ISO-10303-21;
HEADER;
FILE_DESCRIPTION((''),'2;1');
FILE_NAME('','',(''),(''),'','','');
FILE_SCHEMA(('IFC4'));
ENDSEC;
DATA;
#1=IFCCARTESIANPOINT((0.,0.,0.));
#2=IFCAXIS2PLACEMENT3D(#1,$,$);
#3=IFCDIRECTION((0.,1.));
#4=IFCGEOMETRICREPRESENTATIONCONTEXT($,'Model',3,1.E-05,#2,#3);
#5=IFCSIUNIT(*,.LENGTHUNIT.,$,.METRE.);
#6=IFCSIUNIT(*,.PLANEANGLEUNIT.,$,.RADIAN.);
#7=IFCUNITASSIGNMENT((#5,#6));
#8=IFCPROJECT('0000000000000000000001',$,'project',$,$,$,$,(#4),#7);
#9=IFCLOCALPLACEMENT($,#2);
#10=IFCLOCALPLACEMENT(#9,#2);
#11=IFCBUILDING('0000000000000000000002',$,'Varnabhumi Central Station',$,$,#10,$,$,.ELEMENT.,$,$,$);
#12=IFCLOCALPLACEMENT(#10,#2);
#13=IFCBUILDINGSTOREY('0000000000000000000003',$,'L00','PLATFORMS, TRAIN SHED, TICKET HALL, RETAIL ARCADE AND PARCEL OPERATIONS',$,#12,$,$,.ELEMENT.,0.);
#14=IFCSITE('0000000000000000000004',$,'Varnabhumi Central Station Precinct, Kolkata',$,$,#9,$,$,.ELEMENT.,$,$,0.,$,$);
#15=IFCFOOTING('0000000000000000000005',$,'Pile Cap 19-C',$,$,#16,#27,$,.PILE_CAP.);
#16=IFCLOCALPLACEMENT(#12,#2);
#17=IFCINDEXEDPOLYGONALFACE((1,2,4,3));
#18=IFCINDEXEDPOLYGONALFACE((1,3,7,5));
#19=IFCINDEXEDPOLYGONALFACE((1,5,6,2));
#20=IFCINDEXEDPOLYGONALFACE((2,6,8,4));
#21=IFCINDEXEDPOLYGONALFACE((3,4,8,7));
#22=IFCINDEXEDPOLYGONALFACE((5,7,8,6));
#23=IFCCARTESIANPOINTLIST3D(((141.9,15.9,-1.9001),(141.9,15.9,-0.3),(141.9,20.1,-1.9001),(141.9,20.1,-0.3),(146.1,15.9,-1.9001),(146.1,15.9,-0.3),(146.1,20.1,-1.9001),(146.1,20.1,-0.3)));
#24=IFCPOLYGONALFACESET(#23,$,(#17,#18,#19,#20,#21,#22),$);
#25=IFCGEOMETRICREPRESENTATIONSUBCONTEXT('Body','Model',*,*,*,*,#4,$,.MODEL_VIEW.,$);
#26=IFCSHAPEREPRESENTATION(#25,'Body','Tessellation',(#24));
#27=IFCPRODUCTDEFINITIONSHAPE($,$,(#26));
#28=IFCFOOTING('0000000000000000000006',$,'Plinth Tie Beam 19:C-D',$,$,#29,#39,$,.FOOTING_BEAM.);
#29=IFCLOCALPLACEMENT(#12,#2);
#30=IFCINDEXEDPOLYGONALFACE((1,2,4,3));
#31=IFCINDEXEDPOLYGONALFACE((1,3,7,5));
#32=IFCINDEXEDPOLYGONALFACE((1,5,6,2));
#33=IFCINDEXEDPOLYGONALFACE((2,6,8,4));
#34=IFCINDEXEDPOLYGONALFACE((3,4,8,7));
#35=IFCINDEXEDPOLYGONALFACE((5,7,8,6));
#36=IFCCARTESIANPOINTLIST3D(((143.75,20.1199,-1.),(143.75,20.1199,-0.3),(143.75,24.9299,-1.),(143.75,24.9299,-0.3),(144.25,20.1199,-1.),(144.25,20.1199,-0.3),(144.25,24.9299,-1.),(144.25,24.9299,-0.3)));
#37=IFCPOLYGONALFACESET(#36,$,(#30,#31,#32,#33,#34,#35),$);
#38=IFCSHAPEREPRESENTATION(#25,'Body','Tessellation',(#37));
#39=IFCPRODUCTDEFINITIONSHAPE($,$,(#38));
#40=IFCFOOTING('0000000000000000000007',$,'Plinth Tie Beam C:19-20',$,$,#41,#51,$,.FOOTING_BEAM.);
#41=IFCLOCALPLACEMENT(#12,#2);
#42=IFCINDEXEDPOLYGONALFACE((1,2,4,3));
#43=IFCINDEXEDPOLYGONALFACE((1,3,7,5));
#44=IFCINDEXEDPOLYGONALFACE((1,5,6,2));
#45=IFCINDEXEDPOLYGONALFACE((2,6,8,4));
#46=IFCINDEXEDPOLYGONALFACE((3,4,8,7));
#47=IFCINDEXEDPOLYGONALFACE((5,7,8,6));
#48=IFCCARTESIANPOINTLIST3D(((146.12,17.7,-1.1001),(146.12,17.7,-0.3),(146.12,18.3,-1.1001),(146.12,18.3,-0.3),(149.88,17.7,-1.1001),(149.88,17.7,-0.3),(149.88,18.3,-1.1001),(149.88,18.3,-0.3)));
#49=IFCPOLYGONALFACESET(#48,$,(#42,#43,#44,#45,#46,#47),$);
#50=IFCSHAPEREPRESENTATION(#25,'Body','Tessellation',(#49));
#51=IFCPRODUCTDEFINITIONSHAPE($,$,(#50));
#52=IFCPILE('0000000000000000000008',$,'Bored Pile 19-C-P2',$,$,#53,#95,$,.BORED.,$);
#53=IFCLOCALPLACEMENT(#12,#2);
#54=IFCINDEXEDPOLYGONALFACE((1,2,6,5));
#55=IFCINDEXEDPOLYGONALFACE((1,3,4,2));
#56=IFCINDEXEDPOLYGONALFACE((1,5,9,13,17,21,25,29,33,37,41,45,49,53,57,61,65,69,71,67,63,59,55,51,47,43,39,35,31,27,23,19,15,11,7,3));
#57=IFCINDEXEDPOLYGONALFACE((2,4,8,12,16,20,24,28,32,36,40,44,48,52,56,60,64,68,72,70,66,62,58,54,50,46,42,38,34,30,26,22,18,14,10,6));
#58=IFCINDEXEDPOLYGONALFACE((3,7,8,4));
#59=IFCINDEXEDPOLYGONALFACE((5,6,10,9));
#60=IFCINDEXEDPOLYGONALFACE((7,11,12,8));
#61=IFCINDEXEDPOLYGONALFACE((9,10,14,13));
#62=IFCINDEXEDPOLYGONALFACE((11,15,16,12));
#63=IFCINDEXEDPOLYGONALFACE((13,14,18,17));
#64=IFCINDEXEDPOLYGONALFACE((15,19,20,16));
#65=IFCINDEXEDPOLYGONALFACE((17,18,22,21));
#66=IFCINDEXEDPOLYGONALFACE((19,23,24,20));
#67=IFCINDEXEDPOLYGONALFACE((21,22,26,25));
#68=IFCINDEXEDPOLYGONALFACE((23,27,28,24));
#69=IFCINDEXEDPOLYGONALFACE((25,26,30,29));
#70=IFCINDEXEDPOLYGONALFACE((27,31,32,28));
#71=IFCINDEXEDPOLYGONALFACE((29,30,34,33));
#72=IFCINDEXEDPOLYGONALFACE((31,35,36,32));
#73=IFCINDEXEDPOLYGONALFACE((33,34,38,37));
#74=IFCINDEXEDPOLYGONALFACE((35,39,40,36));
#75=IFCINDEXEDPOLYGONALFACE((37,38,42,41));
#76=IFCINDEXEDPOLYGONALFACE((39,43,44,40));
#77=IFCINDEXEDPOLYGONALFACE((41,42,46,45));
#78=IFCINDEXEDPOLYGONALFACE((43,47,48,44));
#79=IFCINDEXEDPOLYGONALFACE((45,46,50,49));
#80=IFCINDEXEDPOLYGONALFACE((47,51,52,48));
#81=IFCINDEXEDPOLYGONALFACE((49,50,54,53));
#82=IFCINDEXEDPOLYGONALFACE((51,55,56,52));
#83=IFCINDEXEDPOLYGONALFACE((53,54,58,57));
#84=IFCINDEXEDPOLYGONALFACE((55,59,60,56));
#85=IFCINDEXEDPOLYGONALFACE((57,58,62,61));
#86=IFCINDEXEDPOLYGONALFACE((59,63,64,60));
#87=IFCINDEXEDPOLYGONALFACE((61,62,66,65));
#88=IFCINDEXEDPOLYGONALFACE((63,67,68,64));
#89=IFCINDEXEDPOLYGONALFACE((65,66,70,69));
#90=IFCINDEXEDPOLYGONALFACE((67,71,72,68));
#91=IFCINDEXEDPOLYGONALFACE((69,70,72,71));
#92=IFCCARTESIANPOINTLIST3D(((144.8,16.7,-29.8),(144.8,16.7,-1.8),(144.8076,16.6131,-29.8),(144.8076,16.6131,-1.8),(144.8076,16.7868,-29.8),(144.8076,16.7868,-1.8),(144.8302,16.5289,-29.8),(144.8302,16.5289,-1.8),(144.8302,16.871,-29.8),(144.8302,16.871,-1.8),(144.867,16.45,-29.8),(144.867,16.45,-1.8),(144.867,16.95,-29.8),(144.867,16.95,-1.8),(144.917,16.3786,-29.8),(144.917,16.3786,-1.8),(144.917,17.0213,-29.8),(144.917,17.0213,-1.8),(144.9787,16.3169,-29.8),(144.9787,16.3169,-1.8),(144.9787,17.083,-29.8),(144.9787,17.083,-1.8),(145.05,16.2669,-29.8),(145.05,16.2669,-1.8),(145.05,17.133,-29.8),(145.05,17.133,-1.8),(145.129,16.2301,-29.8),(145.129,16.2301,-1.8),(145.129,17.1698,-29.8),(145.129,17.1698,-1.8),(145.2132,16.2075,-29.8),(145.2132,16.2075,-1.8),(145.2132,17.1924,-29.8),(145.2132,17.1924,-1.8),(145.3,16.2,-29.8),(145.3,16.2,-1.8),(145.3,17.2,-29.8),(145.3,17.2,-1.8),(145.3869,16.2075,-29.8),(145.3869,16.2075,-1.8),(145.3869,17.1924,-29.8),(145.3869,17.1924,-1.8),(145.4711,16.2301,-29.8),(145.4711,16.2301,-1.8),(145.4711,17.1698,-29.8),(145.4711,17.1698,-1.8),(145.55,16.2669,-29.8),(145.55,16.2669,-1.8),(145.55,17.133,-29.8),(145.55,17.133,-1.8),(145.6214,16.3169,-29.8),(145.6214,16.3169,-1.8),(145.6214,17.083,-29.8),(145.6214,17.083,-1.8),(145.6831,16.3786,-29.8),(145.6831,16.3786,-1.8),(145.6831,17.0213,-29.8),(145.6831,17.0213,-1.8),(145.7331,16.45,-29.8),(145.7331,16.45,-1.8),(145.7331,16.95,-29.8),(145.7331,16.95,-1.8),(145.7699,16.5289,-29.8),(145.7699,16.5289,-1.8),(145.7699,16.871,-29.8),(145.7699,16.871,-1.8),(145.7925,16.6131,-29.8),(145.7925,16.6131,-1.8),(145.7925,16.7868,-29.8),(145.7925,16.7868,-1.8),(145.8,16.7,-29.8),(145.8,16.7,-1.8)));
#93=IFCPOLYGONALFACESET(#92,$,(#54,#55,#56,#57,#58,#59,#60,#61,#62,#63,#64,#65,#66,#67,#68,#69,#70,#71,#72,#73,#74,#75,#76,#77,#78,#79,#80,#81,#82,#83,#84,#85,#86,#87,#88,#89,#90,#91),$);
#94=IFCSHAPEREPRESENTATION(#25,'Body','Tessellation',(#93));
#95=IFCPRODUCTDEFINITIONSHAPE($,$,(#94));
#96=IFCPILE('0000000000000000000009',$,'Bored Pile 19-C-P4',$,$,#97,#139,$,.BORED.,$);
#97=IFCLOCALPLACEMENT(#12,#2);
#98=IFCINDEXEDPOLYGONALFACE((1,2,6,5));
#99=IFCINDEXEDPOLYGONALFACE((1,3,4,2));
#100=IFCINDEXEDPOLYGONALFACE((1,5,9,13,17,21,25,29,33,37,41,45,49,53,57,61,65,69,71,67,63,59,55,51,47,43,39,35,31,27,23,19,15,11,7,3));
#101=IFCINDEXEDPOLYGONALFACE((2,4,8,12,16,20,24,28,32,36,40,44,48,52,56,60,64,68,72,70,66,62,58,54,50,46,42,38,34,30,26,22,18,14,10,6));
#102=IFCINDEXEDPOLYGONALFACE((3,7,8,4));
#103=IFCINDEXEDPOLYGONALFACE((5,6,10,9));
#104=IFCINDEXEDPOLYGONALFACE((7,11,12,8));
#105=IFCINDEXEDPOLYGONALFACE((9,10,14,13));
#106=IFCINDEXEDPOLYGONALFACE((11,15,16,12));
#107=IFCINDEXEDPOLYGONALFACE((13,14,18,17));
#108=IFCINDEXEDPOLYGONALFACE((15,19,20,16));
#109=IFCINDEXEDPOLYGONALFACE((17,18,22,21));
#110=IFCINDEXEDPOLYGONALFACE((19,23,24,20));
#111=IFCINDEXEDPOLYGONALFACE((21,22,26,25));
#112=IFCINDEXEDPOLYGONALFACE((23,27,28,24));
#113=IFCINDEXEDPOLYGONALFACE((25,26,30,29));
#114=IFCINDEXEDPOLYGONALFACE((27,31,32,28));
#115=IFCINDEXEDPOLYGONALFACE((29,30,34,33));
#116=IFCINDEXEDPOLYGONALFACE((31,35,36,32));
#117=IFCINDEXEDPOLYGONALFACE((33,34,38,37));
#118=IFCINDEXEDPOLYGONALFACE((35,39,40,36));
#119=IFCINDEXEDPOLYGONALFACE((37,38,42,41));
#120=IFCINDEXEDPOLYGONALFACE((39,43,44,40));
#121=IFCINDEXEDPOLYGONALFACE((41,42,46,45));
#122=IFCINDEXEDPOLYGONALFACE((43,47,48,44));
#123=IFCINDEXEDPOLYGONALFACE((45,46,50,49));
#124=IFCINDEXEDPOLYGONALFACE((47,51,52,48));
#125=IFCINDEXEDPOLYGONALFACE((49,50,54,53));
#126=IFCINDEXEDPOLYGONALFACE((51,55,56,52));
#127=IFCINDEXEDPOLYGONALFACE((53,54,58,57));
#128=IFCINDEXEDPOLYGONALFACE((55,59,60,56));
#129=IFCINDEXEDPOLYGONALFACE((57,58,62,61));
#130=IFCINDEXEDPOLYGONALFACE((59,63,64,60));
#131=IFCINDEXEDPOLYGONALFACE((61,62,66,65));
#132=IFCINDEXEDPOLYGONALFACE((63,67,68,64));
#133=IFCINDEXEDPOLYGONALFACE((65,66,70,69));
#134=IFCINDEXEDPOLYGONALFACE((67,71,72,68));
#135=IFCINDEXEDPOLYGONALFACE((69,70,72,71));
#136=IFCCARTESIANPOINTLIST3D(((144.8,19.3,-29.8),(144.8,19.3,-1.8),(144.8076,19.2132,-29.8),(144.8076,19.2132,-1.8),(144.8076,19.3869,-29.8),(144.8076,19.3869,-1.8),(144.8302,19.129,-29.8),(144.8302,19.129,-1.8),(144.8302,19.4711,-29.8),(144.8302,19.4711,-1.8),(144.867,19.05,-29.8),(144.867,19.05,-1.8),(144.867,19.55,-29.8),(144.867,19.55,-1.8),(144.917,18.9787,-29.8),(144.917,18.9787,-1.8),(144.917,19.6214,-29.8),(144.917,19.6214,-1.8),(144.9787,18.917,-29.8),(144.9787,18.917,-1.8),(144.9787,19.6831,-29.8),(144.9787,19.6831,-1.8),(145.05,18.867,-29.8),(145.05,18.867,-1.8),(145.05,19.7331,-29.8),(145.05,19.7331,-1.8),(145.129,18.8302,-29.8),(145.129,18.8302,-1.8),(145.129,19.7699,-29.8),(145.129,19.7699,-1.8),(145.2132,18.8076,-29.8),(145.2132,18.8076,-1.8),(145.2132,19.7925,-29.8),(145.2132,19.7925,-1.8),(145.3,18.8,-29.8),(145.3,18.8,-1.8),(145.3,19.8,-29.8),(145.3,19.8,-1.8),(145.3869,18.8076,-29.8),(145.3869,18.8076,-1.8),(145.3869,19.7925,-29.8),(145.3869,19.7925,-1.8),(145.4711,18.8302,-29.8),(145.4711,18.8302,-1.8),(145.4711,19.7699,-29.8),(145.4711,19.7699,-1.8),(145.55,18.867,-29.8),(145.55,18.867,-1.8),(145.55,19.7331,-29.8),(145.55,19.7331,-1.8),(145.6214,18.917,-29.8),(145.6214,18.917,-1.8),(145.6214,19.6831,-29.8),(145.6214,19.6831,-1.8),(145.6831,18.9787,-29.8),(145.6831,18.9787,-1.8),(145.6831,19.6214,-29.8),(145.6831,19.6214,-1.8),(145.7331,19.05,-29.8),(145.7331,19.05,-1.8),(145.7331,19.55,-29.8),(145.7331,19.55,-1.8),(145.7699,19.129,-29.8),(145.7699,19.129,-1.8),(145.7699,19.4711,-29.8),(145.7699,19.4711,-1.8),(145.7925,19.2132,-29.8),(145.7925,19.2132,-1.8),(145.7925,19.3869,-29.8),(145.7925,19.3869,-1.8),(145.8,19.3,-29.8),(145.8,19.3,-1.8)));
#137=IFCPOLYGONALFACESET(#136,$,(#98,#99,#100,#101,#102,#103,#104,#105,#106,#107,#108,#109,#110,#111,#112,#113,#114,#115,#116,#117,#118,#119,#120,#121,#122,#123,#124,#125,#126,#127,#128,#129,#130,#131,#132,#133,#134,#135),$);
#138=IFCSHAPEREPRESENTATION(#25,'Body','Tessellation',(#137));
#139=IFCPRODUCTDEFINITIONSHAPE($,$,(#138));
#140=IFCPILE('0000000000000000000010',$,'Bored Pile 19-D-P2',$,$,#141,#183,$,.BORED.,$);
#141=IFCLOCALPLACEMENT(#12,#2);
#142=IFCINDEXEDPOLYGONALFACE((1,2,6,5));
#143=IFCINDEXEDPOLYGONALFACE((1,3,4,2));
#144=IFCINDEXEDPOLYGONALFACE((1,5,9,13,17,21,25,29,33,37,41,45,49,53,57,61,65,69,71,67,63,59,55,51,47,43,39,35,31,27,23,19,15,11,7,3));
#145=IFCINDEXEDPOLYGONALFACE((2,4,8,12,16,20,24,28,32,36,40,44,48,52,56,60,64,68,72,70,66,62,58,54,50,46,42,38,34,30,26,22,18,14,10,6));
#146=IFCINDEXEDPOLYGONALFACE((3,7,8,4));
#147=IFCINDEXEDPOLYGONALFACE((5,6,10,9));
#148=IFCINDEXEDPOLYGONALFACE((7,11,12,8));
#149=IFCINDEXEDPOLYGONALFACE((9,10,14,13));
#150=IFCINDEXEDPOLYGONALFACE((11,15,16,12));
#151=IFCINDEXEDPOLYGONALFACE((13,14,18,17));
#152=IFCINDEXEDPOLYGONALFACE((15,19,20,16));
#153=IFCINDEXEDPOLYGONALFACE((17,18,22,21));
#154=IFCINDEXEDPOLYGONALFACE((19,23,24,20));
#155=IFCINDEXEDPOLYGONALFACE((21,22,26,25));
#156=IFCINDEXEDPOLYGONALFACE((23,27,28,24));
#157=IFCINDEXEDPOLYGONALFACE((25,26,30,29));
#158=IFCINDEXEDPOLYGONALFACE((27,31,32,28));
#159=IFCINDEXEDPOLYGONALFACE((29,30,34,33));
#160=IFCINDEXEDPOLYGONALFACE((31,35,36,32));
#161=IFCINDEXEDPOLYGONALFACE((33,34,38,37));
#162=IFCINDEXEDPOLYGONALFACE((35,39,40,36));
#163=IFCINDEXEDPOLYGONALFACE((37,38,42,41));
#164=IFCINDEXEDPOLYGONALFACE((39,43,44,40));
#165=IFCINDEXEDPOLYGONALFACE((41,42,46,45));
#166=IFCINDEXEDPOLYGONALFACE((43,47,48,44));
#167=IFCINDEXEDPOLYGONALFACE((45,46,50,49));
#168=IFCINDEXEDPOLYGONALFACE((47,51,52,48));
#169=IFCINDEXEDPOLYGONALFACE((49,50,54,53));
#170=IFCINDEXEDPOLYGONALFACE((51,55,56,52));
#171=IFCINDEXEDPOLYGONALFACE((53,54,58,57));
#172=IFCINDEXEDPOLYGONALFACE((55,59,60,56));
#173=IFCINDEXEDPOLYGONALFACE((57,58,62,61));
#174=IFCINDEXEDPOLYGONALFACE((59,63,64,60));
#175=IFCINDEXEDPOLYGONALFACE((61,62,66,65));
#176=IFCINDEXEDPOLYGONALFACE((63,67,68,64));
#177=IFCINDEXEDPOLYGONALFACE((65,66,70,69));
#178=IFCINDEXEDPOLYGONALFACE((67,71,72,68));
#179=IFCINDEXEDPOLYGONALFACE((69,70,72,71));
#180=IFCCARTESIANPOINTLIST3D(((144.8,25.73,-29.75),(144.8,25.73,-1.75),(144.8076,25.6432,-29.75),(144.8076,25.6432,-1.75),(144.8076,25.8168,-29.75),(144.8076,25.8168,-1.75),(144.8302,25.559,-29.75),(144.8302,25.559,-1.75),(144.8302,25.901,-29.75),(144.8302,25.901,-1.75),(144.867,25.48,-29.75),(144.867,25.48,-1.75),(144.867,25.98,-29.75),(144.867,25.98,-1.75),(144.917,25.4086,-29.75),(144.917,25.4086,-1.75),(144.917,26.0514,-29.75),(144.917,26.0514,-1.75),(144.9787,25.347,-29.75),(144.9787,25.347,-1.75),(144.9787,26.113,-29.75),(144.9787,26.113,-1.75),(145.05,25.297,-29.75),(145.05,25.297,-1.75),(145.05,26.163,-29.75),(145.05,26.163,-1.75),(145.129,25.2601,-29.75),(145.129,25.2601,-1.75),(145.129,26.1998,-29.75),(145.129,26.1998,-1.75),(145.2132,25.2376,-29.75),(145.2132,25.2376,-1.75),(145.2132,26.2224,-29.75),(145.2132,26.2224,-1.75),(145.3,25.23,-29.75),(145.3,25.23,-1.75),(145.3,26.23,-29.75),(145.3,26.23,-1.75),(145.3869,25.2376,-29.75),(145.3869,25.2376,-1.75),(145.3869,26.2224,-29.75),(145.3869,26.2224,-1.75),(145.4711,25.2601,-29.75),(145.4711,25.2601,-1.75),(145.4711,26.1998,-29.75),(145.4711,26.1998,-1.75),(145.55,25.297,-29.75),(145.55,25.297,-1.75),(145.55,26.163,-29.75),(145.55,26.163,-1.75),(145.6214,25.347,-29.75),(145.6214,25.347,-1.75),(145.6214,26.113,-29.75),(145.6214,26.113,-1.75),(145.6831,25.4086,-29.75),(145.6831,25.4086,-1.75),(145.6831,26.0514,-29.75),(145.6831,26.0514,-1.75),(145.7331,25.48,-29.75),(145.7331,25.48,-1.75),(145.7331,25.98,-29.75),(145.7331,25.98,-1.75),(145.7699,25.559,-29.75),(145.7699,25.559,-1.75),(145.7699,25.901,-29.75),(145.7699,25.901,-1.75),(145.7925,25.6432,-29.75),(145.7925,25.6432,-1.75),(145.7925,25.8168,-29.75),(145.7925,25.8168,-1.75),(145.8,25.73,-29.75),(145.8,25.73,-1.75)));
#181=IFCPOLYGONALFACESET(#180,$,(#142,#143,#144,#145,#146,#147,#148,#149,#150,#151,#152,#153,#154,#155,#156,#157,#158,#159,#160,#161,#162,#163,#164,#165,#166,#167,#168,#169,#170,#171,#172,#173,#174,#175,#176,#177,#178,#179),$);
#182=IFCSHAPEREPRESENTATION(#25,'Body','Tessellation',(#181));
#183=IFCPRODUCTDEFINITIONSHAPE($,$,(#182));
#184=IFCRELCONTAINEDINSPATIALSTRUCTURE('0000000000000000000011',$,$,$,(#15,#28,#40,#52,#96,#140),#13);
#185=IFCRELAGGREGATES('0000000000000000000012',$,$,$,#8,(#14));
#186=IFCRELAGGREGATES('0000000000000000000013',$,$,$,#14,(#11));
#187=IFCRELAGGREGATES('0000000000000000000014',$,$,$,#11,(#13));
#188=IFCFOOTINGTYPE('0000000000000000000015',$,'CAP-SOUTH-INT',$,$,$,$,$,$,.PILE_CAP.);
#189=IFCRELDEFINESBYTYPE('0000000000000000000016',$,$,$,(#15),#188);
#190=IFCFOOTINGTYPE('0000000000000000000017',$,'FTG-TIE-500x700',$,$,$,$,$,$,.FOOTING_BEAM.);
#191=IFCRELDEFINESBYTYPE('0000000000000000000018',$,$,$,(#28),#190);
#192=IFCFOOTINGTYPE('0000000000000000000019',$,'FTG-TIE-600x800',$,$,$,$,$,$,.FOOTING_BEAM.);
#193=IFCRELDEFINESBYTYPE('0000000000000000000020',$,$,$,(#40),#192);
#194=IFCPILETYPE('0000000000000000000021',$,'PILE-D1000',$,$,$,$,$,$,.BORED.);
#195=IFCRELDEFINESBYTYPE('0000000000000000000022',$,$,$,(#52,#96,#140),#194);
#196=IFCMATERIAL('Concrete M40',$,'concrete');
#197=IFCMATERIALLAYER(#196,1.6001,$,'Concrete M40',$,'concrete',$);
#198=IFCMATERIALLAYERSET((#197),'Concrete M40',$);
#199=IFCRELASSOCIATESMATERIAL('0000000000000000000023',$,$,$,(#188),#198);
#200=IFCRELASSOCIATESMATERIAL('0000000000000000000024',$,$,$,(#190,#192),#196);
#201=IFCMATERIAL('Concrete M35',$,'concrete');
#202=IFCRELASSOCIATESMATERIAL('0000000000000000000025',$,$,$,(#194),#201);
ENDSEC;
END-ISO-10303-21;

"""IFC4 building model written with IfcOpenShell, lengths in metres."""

from ifc_helpers import new_model, si_unit, direction, frame, origin, origin_2d, place, context, subcontext, project, spatial, rectangle, circle, extrude, material, layer, layer_set, material_profile, profile_set, type_object, element, save


model = new_model("IFC4")

# Units and contexts
model_context = context("Model", 3, precision=1e-05, world=origin(), true_north=direction((0.0, 1.0)))
body_context = subcontext(model_context, "Body", "Model", "MODEL_VIEW")
ifc_project = project(units=[si_unit("LENGTHUNIT", "METRE"), si_unit("PLANEANGLEUNIT", "RADIAN")], contexts=[model_context])

# Site, building, storey
site_placement = place(None, origin())
site = spatial("IfcSite", under=ifc_project, at=site_placement, Name="Varnabhumi Central Station Precinct, Kolkata", CompositionType="ELEMENT", RefElevation=0.0)
building_placement = place(site_placement, origin())
building = spatial("IfcBuilding", under=site, at=building_placement, Name="Varnabhumi Central Station", CompositionType="ELEMENT")
storey_placement = place(building_placement, origin())
storey = spatial("IfcBuildingStorey", under=building, at=storey_placement, Name="L00", Description="PLATFORMS, TRAIN SHED, TICKET HALL, RETAIL ARCADE AND PARCEL OPERATIONS", CompositionType="ELEMENT", Elevation=0.0)

# Footings
ifc_material_1 = material(Name="Concrete M40", Category="concrete")
ifc_layer_1 = layer(ifc_material_1, 1.6001, Name="Concrete M40", Category="concrete")
ifc_layer_set_1 = layer_set([ifc_layer_1], Name="Concrete M40")
footing_type_1 = type_object("IfcFootingType", Name="CAP-SOUTH-INT", PredefinedType="PILE_CAP", material=ifc_layer_set_1)
footing_1_placement = place(storey_placement, frame((144.0, 18.0, -1.9001), z_axis=(0.0, 0.0, 1.0), x_axis=(1.0, 0.0, 0.0)))
element("IfcFooting", 1, at=footing_1_placement, inside=storey, type_object=footing_type_1, Name="Pile Cap 19-C", PredefinedType="PILE_CAP", context=body_context, shape_type="SweptSolid", body=[
    extrude(rectangle(XDim=4.2, YDim=4.2, at=origin_2d()), origin(), (0.0, 0.0, 1.0), 1.6001),
])
footing_type_2 = type_object("IfcFootingType", Name="FTG-TIE-500x700", PredefinedType="FOOTING_BEAM", material=ifc_material_1)
footing_2_placement = place(storey_placement, frame((144.0, 22.5249, -1.0), z_axis=(0.0, 0.0, 1.0), x_axis=(1.0, 0.0, 0.0)))
element("IfcFooting", 2, at=footing_2_placement, inside=storey, type_object=footing_type_2, Name="Plinth Tie Beam 19:C-D", PredefinedType="FOOTING_BEAM", context=body_context, shape_type="SweptSolid", body=[
    extrude(rectangle(XDim=0.5, YDim=4.8101, at=origin_2d()), origin(), (0.0, 0.0, 1.0), 0.7),
])
footing_type_3 = type_object("IfcFootingType", Name="FTG-TIE-600x800", PredefinedType="FOOTING_BEAM", material=ifc_material_1)
footing_3_placement = place(storey_placement, frame((148.0, 18.0, -1.1001), z_axis=(0.0, 0.0, 1.0), x_axis=(1.0, 0.0, 0.0)))
element("IfcFooting", 3, at=footing_3_placement, inside=storey, type_object=footing_type_3, Name="Plinth Tie Beam C:19-20", PredefinedType="FOOTING_BEAM", context=body_context, shape_type="SweptSolid", body=[
    extrude(rectangle(XDim=3.76, YDim=0.6001, at=origin_2d()), origin(), (0.0, 0.0, 1.0), 0.8),
])

# Piles
ifc_material_2 = material(Name="Concrete M35", Category="concrete")
ifc_material_profile_1 = material_profile(ifc_material_2, circle(Radius=0.5, at=origin_2d()), Name="Concrete M35", Category="concrete")
ifc_profile_set_1 = profile_set([ifc_material_profile_1], Name="Concrete M35")
pile_type_1 = type_object("IfcPileType", Name="PILE-D1000", PredefinedType="BORED", material=ifc_profile_set_1)
for number, where, z_axis, x_axis, name in (
    (4, (145.3, 16.7, -1.8), (0.0, 0.0, -1.0), (1.0, 0.0, 0.0), "Bored Pile 19-C-P2"),
    (5, (145.3, 19.3, -1.8), (0.0, 0.0, -1.0), (1.0, 0.0, 0.0), "Bored Pile 19-C-P4"),
    (6, (145.3, 25.73, -1.75), (0.0, 0.0, -1.0), (1.0, 0.0, 0.0), "Bored Pile 19-D-P2"),
):
    element("IfcPile", number, at=place(storey_placement, frame(where, z_axis=z_axis, x_axis=x_axis)), inside=storey, type_object=pile_type_1, Name=name, PredefinedType="BORED", context=body_context, shape_type="SweptSolid", body=[
        extrude(circle(Radius=0.5, at=origin_2d()), origin(), (0.0, 0.0, 1.0), 28.0),
    ])

save(model, "model.ifc")
